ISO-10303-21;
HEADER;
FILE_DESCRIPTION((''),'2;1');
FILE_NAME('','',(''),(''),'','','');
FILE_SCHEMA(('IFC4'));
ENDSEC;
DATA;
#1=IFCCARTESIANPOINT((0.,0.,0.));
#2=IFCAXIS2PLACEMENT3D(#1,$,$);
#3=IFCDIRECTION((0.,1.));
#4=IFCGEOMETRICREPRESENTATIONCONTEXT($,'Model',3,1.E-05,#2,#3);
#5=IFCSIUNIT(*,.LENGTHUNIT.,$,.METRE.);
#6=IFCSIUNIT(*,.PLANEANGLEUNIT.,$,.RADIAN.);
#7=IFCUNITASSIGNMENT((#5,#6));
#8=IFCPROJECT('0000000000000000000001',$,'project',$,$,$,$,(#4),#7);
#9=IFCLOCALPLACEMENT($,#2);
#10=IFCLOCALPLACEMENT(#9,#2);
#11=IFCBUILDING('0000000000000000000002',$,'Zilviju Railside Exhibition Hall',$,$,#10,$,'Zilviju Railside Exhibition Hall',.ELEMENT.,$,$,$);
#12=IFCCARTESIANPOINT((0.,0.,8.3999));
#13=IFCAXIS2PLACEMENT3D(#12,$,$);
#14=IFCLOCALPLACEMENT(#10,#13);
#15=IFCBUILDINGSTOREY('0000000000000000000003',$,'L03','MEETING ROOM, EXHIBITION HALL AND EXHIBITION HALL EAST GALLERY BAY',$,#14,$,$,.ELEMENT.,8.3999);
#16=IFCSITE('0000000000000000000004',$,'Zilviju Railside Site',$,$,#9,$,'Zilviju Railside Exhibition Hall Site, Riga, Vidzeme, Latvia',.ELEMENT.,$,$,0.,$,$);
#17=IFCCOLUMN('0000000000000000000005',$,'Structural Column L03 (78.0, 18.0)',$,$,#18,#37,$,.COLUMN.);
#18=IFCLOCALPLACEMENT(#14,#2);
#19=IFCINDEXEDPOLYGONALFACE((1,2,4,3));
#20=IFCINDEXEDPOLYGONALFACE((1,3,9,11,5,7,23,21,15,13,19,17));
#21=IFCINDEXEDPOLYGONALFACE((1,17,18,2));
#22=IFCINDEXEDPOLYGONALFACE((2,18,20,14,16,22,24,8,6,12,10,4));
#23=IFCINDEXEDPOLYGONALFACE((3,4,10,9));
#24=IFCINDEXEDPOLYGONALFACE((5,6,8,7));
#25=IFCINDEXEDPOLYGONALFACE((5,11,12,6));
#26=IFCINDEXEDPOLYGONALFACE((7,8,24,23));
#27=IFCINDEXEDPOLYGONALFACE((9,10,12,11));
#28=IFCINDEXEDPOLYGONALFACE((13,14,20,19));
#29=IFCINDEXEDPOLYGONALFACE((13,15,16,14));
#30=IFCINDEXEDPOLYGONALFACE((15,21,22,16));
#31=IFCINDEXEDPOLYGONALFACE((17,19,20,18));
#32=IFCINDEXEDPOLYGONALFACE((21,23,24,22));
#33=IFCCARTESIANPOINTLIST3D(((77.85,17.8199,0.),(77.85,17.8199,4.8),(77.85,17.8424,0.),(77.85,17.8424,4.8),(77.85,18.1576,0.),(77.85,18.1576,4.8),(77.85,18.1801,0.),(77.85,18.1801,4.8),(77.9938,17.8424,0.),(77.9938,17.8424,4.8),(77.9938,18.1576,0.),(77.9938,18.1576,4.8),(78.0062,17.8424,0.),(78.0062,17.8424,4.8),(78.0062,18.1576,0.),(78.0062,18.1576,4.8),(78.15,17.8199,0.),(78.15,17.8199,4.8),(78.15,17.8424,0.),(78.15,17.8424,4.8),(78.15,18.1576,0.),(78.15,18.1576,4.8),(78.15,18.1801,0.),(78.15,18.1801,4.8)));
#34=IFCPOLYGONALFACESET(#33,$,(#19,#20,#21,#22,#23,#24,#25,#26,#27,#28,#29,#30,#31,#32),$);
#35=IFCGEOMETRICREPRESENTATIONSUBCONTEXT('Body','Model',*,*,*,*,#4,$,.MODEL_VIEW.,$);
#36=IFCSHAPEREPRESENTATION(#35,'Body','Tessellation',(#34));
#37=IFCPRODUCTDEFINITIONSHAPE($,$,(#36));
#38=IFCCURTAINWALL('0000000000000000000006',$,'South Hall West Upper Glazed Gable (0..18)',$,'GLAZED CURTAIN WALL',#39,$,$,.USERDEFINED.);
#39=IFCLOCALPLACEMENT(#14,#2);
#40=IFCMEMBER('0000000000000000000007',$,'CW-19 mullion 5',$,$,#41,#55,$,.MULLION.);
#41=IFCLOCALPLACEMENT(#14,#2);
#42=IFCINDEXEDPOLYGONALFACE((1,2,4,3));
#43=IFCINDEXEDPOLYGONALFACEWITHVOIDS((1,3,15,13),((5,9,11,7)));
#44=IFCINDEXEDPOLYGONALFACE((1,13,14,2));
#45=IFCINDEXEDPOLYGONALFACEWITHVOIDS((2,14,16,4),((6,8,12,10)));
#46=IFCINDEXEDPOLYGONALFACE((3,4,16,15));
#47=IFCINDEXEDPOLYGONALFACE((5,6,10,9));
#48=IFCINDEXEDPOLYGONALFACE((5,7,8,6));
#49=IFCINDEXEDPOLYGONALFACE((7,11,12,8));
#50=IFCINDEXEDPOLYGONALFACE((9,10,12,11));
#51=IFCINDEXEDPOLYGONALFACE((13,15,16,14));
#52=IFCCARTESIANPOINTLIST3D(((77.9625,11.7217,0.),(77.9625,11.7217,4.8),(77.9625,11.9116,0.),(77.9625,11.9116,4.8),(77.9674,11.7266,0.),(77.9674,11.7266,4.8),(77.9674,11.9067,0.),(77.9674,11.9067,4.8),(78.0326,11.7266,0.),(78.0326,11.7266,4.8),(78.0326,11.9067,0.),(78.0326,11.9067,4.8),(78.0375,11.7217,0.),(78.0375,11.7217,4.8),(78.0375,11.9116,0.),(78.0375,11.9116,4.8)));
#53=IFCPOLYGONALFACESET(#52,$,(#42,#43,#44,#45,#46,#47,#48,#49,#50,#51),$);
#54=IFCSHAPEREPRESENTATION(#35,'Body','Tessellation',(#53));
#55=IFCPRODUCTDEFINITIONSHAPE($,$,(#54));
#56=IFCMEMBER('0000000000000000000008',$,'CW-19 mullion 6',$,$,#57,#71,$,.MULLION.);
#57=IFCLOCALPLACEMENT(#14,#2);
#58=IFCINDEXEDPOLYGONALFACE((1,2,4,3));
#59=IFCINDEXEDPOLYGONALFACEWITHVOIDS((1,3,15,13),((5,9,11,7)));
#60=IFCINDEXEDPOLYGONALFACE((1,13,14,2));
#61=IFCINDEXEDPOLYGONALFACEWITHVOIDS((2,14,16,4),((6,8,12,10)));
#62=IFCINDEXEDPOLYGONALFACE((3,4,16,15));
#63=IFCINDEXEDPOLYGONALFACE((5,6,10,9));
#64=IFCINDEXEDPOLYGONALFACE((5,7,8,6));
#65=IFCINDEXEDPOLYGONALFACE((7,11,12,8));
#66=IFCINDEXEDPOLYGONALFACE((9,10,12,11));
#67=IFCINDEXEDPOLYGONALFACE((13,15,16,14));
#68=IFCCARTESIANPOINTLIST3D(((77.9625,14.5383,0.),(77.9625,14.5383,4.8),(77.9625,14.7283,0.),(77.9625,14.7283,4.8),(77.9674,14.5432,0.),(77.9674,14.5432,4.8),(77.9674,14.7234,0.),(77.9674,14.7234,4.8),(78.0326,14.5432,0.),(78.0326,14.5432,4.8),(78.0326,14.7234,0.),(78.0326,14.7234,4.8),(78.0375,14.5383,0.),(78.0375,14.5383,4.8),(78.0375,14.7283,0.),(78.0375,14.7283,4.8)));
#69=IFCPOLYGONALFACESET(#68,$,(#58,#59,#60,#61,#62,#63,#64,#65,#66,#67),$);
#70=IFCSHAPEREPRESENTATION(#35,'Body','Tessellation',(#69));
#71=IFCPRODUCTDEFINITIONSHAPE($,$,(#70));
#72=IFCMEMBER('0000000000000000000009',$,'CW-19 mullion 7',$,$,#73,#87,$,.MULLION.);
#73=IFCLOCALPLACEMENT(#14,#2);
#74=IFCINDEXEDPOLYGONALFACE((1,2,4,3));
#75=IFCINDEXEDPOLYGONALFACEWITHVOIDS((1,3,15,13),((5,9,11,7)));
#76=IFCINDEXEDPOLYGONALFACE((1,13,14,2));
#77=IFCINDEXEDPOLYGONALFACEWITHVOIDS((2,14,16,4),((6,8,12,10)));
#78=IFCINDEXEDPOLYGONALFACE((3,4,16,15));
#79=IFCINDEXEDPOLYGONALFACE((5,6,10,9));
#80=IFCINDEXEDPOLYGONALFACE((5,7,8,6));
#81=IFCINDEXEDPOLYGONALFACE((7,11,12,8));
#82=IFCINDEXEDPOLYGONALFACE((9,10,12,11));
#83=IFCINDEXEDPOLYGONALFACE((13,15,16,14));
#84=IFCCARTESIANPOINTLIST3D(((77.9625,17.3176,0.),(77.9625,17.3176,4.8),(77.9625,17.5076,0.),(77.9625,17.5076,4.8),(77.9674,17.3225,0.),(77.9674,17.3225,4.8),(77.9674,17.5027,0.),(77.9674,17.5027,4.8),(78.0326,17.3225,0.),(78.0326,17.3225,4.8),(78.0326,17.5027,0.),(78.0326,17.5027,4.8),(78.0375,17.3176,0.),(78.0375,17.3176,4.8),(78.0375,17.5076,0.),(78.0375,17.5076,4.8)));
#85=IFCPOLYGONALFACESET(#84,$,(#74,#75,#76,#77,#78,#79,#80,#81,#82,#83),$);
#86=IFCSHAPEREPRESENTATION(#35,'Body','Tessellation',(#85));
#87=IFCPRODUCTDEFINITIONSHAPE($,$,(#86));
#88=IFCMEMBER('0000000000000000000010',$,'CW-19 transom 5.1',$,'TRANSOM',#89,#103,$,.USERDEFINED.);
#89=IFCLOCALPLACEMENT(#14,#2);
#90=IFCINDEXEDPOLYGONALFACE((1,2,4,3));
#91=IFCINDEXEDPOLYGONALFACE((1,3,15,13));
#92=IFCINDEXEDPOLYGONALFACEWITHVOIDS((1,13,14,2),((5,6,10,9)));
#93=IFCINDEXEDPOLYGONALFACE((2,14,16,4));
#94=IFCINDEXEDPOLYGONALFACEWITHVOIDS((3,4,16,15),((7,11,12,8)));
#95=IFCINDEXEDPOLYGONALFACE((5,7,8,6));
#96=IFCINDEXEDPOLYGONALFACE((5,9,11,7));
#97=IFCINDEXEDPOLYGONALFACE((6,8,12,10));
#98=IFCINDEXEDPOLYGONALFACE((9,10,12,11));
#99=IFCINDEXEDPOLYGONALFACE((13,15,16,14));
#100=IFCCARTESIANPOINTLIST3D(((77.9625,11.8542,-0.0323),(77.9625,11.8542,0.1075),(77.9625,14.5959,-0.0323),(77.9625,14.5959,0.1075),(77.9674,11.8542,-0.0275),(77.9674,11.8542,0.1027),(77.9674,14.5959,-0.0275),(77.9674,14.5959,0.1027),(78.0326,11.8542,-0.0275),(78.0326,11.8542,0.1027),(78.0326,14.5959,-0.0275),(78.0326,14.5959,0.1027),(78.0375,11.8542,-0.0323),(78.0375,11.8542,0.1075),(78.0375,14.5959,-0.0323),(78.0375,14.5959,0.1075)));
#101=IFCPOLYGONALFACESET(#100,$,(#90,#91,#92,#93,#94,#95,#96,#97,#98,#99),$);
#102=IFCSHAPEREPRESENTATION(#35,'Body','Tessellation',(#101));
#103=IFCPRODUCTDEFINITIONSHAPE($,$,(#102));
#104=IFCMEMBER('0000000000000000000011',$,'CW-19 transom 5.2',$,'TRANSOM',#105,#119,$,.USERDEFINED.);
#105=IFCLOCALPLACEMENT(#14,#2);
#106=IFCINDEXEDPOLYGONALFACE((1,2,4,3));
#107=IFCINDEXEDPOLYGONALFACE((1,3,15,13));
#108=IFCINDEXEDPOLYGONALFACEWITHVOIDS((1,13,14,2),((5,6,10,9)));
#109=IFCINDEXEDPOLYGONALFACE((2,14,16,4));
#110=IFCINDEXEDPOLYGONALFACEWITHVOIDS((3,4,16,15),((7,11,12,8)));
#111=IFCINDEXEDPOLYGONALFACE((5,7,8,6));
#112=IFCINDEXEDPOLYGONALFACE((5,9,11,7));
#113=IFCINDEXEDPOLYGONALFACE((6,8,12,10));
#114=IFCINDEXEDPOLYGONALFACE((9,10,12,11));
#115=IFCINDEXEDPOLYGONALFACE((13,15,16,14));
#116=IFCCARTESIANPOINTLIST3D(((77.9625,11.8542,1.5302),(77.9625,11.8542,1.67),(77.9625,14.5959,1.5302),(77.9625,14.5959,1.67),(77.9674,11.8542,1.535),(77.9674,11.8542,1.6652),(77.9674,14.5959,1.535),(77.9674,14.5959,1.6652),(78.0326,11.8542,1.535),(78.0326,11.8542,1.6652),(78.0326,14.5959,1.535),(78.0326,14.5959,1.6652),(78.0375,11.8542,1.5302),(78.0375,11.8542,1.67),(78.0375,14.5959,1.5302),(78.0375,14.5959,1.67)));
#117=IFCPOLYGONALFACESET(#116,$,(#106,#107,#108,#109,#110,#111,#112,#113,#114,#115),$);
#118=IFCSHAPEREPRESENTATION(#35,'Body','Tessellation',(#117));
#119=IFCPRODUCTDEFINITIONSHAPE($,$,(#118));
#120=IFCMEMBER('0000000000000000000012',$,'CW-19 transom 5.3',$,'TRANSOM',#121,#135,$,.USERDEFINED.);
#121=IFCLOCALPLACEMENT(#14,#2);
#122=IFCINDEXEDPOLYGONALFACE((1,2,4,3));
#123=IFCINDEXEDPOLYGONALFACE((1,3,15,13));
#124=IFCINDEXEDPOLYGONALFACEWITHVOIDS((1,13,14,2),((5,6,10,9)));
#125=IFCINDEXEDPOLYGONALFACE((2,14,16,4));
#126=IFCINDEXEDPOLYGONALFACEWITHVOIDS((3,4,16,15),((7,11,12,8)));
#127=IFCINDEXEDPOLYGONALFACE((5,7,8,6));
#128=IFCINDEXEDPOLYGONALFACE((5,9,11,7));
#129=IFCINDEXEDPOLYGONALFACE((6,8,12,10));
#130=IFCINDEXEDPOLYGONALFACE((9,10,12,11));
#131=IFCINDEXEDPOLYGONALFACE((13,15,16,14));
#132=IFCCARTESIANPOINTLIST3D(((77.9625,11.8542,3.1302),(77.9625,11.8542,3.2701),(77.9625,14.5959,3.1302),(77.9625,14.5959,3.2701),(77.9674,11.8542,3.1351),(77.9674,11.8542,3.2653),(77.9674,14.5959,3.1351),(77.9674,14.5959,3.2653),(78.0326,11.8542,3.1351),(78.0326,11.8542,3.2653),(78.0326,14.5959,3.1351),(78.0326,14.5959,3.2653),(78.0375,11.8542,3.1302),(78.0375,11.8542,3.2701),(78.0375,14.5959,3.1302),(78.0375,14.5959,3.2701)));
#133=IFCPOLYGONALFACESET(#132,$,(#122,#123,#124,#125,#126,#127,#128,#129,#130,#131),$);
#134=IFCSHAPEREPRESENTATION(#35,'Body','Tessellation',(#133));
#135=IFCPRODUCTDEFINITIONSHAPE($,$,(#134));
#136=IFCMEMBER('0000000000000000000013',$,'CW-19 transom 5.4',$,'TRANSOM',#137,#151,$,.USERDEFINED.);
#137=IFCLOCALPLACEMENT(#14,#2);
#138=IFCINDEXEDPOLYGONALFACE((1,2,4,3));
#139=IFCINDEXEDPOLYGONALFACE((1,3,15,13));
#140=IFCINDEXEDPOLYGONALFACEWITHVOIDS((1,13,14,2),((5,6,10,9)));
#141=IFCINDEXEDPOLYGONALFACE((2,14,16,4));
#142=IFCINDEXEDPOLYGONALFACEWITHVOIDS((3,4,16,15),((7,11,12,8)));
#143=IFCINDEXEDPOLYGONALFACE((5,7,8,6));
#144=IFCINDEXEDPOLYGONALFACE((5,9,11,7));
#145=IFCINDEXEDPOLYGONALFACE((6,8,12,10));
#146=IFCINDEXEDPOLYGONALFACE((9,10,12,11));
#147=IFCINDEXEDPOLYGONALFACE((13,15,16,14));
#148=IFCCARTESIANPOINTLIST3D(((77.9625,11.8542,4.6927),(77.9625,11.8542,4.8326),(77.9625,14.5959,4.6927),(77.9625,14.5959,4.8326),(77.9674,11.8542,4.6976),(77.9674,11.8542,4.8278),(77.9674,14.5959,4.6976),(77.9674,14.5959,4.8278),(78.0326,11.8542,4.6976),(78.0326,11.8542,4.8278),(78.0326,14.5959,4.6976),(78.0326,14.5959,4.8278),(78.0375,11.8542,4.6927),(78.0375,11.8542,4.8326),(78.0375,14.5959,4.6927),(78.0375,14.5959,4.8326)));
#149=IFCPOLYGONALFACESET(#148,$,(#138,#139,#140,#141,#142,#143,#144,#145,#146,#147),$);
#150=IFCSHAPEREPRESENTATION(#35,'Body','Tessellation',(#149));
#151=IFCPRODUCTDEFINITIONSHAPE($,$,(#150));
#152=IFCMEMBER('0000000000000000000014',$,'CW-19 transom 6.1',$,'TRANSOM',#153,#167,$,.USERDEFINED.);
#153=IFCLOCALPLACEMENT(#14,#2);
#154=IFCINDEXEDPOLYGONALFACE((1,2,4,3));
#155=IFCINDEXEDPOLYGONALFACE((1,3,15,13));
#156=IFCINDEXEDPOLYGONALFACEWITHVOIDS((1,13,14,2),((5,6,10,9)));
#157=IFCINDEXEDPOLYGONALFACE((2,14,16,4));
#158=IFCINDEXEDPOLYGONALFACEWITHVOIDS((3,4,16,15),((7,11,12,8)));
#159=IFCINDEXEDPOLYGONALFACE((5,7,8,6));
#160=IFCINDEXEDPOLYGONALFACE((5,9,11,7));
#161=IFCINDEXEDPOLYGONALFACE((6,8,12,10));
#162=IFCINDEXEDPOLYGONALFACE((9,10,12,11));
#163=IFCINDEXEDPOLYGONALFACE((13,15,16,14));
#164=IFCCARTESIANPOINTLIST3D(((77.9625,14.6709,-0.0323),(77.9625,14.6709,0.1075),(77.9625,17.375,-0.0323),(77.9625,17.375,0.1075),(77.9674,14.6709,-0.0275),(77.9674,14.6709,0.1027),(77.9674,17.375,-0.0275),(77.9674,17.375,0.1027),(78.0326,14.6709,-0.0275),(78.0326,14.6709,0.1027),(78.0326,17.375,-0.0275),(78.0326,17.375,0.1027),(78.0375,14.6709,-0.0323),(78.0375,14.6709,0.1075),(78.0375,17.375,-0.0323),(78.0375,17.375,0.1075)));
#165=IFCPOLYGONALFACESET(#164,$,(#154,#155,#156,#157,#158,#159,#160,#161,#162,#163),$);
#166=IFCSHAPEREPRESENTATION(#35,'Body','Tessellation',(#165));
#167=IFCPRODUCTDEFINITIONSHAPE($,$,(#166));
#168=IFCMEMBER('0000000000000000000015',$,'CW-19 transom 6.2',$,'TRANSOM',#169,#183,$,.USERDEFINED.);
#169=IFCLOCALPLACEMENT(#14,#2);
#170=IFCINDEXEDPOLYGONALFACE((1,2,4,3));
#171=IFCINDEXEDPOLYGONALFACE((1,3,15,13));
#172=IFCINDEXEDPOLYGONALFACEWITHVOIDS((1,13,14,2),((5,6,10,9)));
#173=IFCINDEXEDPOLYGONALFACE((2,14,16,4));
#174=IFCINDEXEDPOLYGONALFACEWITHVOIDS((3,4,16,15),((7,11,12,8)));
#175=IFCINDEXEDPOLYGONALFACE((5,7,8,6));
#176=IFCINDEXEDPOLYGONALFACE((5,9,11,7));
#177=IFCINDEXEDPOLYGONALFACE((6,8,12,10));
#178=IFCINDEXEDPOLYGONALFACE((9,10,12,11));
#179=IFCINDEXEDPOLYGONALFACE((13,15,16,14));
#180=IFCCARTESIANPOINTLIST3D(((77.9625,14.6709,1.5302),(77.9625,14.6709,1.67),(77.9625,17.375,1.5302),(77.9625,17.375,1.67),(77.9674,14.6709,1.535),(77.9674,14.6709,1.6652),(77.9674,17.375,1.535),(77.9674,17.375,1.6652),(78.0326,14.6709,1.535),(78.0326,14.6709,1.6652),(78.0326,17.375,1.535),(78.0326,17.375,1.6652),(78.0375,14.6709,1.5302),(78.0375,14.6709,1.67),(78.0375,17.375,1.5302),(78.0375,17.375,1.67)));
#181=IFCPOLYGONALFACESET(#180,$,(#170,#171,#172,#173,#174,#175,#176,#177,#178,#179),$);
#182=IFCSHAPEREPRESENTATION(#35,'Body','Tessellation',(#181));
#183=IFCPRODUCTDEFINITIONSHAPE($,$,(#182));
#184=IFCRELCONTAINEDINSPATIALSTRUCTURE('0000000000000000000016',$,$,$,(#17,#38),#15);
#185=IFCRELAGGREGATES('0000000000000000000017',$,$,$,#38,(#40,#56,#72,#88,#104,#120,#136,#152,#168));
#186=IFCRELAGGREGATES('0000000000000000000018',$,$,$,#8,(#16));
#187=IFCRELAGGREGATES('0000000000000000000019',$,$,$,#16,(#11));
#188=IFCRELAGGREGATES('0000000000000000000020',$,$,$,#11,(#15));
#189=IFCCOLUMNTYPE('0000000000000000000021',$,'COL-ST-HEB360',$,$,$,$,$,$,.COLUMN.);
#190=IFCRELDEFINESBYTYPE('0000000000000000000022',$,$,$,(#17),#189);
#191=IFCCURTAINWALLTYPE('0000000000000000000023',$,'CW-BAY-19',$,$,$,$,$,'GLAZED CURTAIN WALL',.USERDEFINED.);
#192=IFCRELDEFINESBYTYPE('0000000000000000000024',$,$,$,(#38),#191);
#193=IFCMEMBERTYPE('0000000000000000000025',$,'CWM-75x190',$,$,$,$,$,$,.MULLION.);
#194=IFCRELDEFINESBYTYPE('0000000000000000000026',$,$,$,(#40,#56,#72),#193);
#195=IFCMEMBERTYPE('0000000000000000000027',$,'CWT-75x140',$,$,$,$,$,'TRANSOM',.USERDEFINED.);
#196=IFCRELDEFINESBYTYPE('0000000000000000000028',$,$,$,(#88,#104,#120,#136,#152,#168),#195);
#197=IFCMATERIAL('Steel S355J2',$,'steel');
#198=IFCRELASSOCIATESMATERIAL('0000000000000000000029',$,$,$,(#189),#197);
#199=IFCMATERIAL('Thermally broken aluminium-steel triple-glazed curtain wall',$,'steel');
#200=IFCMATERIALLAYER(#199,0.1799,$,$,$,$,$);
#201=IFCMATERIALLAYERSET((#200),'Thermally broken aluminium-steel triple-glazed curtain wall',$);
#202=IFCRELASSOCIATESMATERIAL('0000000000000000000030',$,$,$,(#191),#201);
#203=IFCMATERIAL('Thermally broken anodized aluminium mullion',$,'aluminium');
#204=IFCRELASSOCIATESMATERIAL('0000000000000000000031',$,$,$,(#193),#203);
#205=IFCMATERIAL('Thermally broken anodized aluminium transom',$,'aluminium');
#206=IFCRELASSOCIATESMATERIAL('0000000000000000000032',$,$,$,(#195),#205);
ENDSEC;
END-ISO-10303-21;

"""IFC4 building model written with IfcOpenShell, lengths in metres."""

from ifc_helpers import new_model, si_unit, direction, frame, origin, origin_2d, place, context, subcontext, project, spatial, hollow_rectangle, i_section, extrude, material, layer, layer_set, material_profile, profile_set, type_object, element, aggregate, save


model = new_model("IFC4")

# Units and contexts
model_context = context("Model", 3, precision=1e-05, world=origin(), true_north=direction((0.0, 1.0)))
body_context = subcontext(model_context, "Body", "Model", "MODEL_VIEW")
ifc_project = project(units=[si_unit("LENGTHUNIT", "METRE"), si_unit("PLANEANGLEUNIT", "RADIAN")], contexts=[model_context])

# Site, building, storey
site_placement = place(None, origin())
site = spatial("IfcSite", under=ifc_project, at=site_placement, Name="Zilviju Railside Site", LongName="Zilviju Railside Exhibition Hall Site, Riga, Vidzeme, Latvia", CompositionType="ELEMENT", RefElevation=0.0)
building_placement = place(site_placement, origin())
building = spatial("IfcBuilding", under=site, at=building_placement, Name="Zilviju Railside Exhibition Hall", LongName="Zilviju Railside Exhibition Hall", CompositionType="ELEMENT")
storey_placement = place(building_placement, frame((0.0, 0.0, 8.3999)))
storey = spatial("IfcBuildingStorey", under=building, at=storey_placement, Name="L03", Description="MEETING ROOM, EXHIBITION HALL AND EXHIBITION HALL EAST GALLERY BAY", CompositionType="ELEMENT", Elevation=8.3999)

# Column
ifc_material_1 = material(Name="Steel S355J2", Category="steel")
ifc_material_profile_1 = material_profile(ifc_material_1, i_section(OverallWidth=0.3, OverallDepth=0.3601, WebThickness=0.0125, FlangeThickness=0.0225, at=origin_2d()), Name="HEB 360")
ifc_profile_set_1 = profile_set([ifc_material_profile_1], Name="Steel S355J2")
column_type = type_object("IfcColumnType", Name="COL-ST-HEB360", PredefinedType="COLUMN", material=ifc_profile_set_1)
column_placement = place(storey_placement, frame((78.0, 18.0, 0.0), z_axis=(0.0, 0.0, 1.0), x_axis=(1.0, 0.0, 0.0)))
element("IfcColumn", 1, at=column_placement, inside=storey, type_object=column_type, Name="Structural Column L03 (78.0, 18.0)", PredefinedType="COLUMN", context=body_context, shape_type="SweptSolid", body=[
    extrude(i_section(OverallWidth=0.3, OverallDepth=0.3601, WebThickness=0.0125, FlangeThickness=0.0225, at=origin_2d()), origin(), (0.0, 0.0, 1.0), 4.8),
])

# Curtain wall, members
ifc_material_2 = material(Name="Thermally broken aluminium-steel triple-glazed curtain wall", Category="steel")
ifc_layer_1 = layer(ifc_material_2, 0.1799)
ifc_layer_set_1 = layer_set([ifc_layer_1], Name="Thermally broken aluminium-steel triple-glazed curtain wall")
curtain_wall_type = type_object("IfcCurtainWallType", Name="CW-BAY-19", ElementType="GLAZED CURTAIN WALL", PredefinedType="USERDEFINED", material=ifc_layer_set_1)
curtain_wall_placement = place(storey_placement, origin())
curtain_wall = element("IfcCurtainWall", 2, at=curtain_wall_placement, inside=storey, type_object=curtain_wall_type, Name="South Hall West Upper Glazed Gable (0..18)", ObjectType="GLAZED CURTAIN WALL", PredefinedType="USERDEFINED")
ifc_material_3 = material(Name="Thermally broken anodized aluminium mullion", Category="aluminium")
ifc_material_profile_2 = material_profile(ifc_material_3, hollow_rectangle(XDim=0.075, YDim=0.1899, WallThickness=0.0049, at=origin_2d()), Name="MULLION 190x75x5")
ifc_profile_set_2 = profile_set([ifc_material_profile_2], Name="Thermally broken anodized aluminium mullion")
member_type_1 = type_object("IfcMemberType", Name="CWM-75x190", PredefinedType="MULLION", material=ifc_profile_set_2)
member_1_placement = place(storey_placement, frame((78.0, 11.8167, 0.0), z_axis=(0.0, 0.0, 1.0), x_axis=(-1.0, 0.0, 0.0)))
member_1 = element("IfcMember", 3, at=member_1_placement, type_object=member_type_1, Name="CW-19 mullion 5", PredefinedType="MULLION", context=body_context, shape_type="SweptSolid", body=[
    extrude(hollow_rectangle(XDim=0.075, YDim=0.1899, WallThickness=0.0049, at=origin_2d()), origin(), (0.0, 0.0, 1.0), 4.8),
])
member_2_placement = place(storey_placement, frame((78.0, 14.6333, 0.0), z_axis=(0.0, 0.0, 1.0), x_axis=(-1.0, 0.0, 0.0)))
member_2 = element("IfcMember", 4, at=member_2_placement, type_object=member_type_1, Name="CW-19 mullion 6", PredefinedType="MULLION", context=body_context, shape_type="SweptSolid", body=[
    extrude(hollow_rectangle(XDim=0.075, YDim=0.1899, WallThickness=0.0049, at=origin_2d()), origin(), (0.0, 0.0, 1.0), 4.8),
])
member_3_placement = place(storey_placement, frame((78.0, 17.4126, 0.0), z_axis=(0.0, 0.0, 1.0), x_axis=(-1.0, 0.0, 0.0)))
member_3 = element("IfcMember", 5, at=member_3_placement, type_object=member_type_1, Name="CW-19 mullion 7", PredefinedType="MULLION", context=body_context, shape_type="SweptSolid", body=[
    extrude(hollow_rectangle(XDim=0.075, YDim=0.1899, WallThickness=0.0049, at=origin_2d()), origin(), (0.0, 0.0, 1.0), 4.8),
])
ifc_material_4 = material(Name="Thermally broken anodized aluminium transom", Category="aluminium")
ifc_material_profile_3 = material_profile(ifc_material_4, hollow_rectangle(XDim=0.075, YDim=0.1399, WallThickness=0.0049, at=origin_2d()), Name="TRANSOM 140x75x5")
ifc_profile_set_3 = profile_set([ifc_material_profile_3], Name="Thermally broken anodized aluminium transom")
member_type_2 = type_object("IfcMemberType", Name="CWT-75x140", ElementType="TRANSOM", PredefinedType="USERDEFINED", material=ifc_profile_set_3)
member_4_placement = place(storey_placement, frame((78.0, 11.8542, 0.0376), z_axis=(0.0, 1.0, 0.0), x_axis=(-1.0, 0.0, 0.0)))
member_4 = element("IfcMember", 6, at=member_4_placement, type_object=member_type_2, Name="CW-19 transom 5.1", ObjectType="TRANSOM", PredefinedType="USERDEFINED", context=body_context, shape_type="SweptSolid", body=[
    extrude(hollow_rectangle(XDim=0.075, YDim=0.1399, WallThickness=0.0049, at=origin_2d()), origin(), (0.0, 0.0, 1.0), 2.7417),
])
member_5_placement = place(storey_placement, frame((78.0, 11.8542, 1.6001), z_axis=(0.0, 1.0, 0.0), x_axis=(-1.0, 0.0, 0.0)))
member_5 = element("IfcMember", 7, at=member_5_placement, type_object=member_type_2, Name="CW-19 transom 5.2", ObjectType="TRANSOM", PredefinedType="USERDEFINED", context=body_context, shape_type="SweptSolid", body=[
    extrude(hollow_rectangle(XDim=0.075, YDim=0.1399, WallThickness=0.0049, at=origin_2d()), origin(), (0.0, 0.0, 1.0), 2.7417),
])
member_6_placement = place(storey_placement, frame((78.0, 11.8542, 3.2002), z_axis=(0.0, 1.0, 0.0), x_axis=(-1.0, 0.0, 0.0)))
member_6 = element("IfcMember", 8, at=member_6_placement, type_object=member_type_2, Name="CW-19 transom 5.3", ObjectType="TRANSOM", PredefinedType="USERDEFINED", context=body_context, shape_type="SweptSolid", body=[
    extrude(hollow_rectangle(XDim=0.075, YDim=0.1399, WallThickness=0.0049, at=origin_2d()), origin(), (0.0, 0.0, 1.0), 2.7417),
])
member_7_placement = place(storey_placement, frame((78.0, 11.8542, 4.7627), z_axis=(0.0, 1.0, 0.0), x_axis=(-1.0, 0.0, 0.0)))
member_7 = element("IfcMember", 9, at=member_7_placement, type_object=member_type_2, Name="CW-19 transom 5.4", ObjectType="TRANSOM", PredefinedType="USERDEFINED", context=body_context, shape_type="SweptSolid", body=[
    extrude(hollow_rectangle(XDim=0.075, YDim=0.1399, WallThickness=0.0049, at=origin_2d()), origin(), (0.0, 0.0, 1.0), 2.7417),
])
member_8_placement = place(storey_placement, frame((78.0, 14.6709, 0.0376), z_axis=(0.0, 1.0, 0.0), x_axis=(-1.0, 0.0, 0.0)))
member_8 = element("IfcMember", 10, at=member_8_placement, type_object=member_type_2, Name="CW-19 transom 6.1", ObjectType="TRANSOM", PredefinedType="USERDEFINED", context=body_context, shape_type="SweptSolid", body=[
    extrude(hollow_rectangle(XDim=0.075, YDim=0.1399, WallThickness=0.0049, at=origin_2d()), origin(), (0.0, 0.0, 1.0), 2.7041),
])
member_9_placement = place(storey_placement, frame((78.0, 14.6709, 1.6001), z_axis=(0.0, 1.0, 0.0), x_axis=(-1.0, 0.0, 0.0)))
member_9 = element("IfcMember", 11, at=member_9_placement, type_object=member_type_2, Name="CW-19 transom 6.2", ObjectType="TRANSOM", PredefinedType="USERDEFINED", context=body_context, shape_type="SweptSolid", body=[
    extrude(hollow_rectangle(XDim=0.075, YDim=0.1399, WallThickness=0.0049, at=origin_2d()), origin(), (0.0, 0.0, 1.0), 2.7041),
])
aggregate(curtain_wall, [member_1, member_2, member_3, member_4, member_5, member_6, member_7, member_8, member_9])

save(model, "model.ifc")
